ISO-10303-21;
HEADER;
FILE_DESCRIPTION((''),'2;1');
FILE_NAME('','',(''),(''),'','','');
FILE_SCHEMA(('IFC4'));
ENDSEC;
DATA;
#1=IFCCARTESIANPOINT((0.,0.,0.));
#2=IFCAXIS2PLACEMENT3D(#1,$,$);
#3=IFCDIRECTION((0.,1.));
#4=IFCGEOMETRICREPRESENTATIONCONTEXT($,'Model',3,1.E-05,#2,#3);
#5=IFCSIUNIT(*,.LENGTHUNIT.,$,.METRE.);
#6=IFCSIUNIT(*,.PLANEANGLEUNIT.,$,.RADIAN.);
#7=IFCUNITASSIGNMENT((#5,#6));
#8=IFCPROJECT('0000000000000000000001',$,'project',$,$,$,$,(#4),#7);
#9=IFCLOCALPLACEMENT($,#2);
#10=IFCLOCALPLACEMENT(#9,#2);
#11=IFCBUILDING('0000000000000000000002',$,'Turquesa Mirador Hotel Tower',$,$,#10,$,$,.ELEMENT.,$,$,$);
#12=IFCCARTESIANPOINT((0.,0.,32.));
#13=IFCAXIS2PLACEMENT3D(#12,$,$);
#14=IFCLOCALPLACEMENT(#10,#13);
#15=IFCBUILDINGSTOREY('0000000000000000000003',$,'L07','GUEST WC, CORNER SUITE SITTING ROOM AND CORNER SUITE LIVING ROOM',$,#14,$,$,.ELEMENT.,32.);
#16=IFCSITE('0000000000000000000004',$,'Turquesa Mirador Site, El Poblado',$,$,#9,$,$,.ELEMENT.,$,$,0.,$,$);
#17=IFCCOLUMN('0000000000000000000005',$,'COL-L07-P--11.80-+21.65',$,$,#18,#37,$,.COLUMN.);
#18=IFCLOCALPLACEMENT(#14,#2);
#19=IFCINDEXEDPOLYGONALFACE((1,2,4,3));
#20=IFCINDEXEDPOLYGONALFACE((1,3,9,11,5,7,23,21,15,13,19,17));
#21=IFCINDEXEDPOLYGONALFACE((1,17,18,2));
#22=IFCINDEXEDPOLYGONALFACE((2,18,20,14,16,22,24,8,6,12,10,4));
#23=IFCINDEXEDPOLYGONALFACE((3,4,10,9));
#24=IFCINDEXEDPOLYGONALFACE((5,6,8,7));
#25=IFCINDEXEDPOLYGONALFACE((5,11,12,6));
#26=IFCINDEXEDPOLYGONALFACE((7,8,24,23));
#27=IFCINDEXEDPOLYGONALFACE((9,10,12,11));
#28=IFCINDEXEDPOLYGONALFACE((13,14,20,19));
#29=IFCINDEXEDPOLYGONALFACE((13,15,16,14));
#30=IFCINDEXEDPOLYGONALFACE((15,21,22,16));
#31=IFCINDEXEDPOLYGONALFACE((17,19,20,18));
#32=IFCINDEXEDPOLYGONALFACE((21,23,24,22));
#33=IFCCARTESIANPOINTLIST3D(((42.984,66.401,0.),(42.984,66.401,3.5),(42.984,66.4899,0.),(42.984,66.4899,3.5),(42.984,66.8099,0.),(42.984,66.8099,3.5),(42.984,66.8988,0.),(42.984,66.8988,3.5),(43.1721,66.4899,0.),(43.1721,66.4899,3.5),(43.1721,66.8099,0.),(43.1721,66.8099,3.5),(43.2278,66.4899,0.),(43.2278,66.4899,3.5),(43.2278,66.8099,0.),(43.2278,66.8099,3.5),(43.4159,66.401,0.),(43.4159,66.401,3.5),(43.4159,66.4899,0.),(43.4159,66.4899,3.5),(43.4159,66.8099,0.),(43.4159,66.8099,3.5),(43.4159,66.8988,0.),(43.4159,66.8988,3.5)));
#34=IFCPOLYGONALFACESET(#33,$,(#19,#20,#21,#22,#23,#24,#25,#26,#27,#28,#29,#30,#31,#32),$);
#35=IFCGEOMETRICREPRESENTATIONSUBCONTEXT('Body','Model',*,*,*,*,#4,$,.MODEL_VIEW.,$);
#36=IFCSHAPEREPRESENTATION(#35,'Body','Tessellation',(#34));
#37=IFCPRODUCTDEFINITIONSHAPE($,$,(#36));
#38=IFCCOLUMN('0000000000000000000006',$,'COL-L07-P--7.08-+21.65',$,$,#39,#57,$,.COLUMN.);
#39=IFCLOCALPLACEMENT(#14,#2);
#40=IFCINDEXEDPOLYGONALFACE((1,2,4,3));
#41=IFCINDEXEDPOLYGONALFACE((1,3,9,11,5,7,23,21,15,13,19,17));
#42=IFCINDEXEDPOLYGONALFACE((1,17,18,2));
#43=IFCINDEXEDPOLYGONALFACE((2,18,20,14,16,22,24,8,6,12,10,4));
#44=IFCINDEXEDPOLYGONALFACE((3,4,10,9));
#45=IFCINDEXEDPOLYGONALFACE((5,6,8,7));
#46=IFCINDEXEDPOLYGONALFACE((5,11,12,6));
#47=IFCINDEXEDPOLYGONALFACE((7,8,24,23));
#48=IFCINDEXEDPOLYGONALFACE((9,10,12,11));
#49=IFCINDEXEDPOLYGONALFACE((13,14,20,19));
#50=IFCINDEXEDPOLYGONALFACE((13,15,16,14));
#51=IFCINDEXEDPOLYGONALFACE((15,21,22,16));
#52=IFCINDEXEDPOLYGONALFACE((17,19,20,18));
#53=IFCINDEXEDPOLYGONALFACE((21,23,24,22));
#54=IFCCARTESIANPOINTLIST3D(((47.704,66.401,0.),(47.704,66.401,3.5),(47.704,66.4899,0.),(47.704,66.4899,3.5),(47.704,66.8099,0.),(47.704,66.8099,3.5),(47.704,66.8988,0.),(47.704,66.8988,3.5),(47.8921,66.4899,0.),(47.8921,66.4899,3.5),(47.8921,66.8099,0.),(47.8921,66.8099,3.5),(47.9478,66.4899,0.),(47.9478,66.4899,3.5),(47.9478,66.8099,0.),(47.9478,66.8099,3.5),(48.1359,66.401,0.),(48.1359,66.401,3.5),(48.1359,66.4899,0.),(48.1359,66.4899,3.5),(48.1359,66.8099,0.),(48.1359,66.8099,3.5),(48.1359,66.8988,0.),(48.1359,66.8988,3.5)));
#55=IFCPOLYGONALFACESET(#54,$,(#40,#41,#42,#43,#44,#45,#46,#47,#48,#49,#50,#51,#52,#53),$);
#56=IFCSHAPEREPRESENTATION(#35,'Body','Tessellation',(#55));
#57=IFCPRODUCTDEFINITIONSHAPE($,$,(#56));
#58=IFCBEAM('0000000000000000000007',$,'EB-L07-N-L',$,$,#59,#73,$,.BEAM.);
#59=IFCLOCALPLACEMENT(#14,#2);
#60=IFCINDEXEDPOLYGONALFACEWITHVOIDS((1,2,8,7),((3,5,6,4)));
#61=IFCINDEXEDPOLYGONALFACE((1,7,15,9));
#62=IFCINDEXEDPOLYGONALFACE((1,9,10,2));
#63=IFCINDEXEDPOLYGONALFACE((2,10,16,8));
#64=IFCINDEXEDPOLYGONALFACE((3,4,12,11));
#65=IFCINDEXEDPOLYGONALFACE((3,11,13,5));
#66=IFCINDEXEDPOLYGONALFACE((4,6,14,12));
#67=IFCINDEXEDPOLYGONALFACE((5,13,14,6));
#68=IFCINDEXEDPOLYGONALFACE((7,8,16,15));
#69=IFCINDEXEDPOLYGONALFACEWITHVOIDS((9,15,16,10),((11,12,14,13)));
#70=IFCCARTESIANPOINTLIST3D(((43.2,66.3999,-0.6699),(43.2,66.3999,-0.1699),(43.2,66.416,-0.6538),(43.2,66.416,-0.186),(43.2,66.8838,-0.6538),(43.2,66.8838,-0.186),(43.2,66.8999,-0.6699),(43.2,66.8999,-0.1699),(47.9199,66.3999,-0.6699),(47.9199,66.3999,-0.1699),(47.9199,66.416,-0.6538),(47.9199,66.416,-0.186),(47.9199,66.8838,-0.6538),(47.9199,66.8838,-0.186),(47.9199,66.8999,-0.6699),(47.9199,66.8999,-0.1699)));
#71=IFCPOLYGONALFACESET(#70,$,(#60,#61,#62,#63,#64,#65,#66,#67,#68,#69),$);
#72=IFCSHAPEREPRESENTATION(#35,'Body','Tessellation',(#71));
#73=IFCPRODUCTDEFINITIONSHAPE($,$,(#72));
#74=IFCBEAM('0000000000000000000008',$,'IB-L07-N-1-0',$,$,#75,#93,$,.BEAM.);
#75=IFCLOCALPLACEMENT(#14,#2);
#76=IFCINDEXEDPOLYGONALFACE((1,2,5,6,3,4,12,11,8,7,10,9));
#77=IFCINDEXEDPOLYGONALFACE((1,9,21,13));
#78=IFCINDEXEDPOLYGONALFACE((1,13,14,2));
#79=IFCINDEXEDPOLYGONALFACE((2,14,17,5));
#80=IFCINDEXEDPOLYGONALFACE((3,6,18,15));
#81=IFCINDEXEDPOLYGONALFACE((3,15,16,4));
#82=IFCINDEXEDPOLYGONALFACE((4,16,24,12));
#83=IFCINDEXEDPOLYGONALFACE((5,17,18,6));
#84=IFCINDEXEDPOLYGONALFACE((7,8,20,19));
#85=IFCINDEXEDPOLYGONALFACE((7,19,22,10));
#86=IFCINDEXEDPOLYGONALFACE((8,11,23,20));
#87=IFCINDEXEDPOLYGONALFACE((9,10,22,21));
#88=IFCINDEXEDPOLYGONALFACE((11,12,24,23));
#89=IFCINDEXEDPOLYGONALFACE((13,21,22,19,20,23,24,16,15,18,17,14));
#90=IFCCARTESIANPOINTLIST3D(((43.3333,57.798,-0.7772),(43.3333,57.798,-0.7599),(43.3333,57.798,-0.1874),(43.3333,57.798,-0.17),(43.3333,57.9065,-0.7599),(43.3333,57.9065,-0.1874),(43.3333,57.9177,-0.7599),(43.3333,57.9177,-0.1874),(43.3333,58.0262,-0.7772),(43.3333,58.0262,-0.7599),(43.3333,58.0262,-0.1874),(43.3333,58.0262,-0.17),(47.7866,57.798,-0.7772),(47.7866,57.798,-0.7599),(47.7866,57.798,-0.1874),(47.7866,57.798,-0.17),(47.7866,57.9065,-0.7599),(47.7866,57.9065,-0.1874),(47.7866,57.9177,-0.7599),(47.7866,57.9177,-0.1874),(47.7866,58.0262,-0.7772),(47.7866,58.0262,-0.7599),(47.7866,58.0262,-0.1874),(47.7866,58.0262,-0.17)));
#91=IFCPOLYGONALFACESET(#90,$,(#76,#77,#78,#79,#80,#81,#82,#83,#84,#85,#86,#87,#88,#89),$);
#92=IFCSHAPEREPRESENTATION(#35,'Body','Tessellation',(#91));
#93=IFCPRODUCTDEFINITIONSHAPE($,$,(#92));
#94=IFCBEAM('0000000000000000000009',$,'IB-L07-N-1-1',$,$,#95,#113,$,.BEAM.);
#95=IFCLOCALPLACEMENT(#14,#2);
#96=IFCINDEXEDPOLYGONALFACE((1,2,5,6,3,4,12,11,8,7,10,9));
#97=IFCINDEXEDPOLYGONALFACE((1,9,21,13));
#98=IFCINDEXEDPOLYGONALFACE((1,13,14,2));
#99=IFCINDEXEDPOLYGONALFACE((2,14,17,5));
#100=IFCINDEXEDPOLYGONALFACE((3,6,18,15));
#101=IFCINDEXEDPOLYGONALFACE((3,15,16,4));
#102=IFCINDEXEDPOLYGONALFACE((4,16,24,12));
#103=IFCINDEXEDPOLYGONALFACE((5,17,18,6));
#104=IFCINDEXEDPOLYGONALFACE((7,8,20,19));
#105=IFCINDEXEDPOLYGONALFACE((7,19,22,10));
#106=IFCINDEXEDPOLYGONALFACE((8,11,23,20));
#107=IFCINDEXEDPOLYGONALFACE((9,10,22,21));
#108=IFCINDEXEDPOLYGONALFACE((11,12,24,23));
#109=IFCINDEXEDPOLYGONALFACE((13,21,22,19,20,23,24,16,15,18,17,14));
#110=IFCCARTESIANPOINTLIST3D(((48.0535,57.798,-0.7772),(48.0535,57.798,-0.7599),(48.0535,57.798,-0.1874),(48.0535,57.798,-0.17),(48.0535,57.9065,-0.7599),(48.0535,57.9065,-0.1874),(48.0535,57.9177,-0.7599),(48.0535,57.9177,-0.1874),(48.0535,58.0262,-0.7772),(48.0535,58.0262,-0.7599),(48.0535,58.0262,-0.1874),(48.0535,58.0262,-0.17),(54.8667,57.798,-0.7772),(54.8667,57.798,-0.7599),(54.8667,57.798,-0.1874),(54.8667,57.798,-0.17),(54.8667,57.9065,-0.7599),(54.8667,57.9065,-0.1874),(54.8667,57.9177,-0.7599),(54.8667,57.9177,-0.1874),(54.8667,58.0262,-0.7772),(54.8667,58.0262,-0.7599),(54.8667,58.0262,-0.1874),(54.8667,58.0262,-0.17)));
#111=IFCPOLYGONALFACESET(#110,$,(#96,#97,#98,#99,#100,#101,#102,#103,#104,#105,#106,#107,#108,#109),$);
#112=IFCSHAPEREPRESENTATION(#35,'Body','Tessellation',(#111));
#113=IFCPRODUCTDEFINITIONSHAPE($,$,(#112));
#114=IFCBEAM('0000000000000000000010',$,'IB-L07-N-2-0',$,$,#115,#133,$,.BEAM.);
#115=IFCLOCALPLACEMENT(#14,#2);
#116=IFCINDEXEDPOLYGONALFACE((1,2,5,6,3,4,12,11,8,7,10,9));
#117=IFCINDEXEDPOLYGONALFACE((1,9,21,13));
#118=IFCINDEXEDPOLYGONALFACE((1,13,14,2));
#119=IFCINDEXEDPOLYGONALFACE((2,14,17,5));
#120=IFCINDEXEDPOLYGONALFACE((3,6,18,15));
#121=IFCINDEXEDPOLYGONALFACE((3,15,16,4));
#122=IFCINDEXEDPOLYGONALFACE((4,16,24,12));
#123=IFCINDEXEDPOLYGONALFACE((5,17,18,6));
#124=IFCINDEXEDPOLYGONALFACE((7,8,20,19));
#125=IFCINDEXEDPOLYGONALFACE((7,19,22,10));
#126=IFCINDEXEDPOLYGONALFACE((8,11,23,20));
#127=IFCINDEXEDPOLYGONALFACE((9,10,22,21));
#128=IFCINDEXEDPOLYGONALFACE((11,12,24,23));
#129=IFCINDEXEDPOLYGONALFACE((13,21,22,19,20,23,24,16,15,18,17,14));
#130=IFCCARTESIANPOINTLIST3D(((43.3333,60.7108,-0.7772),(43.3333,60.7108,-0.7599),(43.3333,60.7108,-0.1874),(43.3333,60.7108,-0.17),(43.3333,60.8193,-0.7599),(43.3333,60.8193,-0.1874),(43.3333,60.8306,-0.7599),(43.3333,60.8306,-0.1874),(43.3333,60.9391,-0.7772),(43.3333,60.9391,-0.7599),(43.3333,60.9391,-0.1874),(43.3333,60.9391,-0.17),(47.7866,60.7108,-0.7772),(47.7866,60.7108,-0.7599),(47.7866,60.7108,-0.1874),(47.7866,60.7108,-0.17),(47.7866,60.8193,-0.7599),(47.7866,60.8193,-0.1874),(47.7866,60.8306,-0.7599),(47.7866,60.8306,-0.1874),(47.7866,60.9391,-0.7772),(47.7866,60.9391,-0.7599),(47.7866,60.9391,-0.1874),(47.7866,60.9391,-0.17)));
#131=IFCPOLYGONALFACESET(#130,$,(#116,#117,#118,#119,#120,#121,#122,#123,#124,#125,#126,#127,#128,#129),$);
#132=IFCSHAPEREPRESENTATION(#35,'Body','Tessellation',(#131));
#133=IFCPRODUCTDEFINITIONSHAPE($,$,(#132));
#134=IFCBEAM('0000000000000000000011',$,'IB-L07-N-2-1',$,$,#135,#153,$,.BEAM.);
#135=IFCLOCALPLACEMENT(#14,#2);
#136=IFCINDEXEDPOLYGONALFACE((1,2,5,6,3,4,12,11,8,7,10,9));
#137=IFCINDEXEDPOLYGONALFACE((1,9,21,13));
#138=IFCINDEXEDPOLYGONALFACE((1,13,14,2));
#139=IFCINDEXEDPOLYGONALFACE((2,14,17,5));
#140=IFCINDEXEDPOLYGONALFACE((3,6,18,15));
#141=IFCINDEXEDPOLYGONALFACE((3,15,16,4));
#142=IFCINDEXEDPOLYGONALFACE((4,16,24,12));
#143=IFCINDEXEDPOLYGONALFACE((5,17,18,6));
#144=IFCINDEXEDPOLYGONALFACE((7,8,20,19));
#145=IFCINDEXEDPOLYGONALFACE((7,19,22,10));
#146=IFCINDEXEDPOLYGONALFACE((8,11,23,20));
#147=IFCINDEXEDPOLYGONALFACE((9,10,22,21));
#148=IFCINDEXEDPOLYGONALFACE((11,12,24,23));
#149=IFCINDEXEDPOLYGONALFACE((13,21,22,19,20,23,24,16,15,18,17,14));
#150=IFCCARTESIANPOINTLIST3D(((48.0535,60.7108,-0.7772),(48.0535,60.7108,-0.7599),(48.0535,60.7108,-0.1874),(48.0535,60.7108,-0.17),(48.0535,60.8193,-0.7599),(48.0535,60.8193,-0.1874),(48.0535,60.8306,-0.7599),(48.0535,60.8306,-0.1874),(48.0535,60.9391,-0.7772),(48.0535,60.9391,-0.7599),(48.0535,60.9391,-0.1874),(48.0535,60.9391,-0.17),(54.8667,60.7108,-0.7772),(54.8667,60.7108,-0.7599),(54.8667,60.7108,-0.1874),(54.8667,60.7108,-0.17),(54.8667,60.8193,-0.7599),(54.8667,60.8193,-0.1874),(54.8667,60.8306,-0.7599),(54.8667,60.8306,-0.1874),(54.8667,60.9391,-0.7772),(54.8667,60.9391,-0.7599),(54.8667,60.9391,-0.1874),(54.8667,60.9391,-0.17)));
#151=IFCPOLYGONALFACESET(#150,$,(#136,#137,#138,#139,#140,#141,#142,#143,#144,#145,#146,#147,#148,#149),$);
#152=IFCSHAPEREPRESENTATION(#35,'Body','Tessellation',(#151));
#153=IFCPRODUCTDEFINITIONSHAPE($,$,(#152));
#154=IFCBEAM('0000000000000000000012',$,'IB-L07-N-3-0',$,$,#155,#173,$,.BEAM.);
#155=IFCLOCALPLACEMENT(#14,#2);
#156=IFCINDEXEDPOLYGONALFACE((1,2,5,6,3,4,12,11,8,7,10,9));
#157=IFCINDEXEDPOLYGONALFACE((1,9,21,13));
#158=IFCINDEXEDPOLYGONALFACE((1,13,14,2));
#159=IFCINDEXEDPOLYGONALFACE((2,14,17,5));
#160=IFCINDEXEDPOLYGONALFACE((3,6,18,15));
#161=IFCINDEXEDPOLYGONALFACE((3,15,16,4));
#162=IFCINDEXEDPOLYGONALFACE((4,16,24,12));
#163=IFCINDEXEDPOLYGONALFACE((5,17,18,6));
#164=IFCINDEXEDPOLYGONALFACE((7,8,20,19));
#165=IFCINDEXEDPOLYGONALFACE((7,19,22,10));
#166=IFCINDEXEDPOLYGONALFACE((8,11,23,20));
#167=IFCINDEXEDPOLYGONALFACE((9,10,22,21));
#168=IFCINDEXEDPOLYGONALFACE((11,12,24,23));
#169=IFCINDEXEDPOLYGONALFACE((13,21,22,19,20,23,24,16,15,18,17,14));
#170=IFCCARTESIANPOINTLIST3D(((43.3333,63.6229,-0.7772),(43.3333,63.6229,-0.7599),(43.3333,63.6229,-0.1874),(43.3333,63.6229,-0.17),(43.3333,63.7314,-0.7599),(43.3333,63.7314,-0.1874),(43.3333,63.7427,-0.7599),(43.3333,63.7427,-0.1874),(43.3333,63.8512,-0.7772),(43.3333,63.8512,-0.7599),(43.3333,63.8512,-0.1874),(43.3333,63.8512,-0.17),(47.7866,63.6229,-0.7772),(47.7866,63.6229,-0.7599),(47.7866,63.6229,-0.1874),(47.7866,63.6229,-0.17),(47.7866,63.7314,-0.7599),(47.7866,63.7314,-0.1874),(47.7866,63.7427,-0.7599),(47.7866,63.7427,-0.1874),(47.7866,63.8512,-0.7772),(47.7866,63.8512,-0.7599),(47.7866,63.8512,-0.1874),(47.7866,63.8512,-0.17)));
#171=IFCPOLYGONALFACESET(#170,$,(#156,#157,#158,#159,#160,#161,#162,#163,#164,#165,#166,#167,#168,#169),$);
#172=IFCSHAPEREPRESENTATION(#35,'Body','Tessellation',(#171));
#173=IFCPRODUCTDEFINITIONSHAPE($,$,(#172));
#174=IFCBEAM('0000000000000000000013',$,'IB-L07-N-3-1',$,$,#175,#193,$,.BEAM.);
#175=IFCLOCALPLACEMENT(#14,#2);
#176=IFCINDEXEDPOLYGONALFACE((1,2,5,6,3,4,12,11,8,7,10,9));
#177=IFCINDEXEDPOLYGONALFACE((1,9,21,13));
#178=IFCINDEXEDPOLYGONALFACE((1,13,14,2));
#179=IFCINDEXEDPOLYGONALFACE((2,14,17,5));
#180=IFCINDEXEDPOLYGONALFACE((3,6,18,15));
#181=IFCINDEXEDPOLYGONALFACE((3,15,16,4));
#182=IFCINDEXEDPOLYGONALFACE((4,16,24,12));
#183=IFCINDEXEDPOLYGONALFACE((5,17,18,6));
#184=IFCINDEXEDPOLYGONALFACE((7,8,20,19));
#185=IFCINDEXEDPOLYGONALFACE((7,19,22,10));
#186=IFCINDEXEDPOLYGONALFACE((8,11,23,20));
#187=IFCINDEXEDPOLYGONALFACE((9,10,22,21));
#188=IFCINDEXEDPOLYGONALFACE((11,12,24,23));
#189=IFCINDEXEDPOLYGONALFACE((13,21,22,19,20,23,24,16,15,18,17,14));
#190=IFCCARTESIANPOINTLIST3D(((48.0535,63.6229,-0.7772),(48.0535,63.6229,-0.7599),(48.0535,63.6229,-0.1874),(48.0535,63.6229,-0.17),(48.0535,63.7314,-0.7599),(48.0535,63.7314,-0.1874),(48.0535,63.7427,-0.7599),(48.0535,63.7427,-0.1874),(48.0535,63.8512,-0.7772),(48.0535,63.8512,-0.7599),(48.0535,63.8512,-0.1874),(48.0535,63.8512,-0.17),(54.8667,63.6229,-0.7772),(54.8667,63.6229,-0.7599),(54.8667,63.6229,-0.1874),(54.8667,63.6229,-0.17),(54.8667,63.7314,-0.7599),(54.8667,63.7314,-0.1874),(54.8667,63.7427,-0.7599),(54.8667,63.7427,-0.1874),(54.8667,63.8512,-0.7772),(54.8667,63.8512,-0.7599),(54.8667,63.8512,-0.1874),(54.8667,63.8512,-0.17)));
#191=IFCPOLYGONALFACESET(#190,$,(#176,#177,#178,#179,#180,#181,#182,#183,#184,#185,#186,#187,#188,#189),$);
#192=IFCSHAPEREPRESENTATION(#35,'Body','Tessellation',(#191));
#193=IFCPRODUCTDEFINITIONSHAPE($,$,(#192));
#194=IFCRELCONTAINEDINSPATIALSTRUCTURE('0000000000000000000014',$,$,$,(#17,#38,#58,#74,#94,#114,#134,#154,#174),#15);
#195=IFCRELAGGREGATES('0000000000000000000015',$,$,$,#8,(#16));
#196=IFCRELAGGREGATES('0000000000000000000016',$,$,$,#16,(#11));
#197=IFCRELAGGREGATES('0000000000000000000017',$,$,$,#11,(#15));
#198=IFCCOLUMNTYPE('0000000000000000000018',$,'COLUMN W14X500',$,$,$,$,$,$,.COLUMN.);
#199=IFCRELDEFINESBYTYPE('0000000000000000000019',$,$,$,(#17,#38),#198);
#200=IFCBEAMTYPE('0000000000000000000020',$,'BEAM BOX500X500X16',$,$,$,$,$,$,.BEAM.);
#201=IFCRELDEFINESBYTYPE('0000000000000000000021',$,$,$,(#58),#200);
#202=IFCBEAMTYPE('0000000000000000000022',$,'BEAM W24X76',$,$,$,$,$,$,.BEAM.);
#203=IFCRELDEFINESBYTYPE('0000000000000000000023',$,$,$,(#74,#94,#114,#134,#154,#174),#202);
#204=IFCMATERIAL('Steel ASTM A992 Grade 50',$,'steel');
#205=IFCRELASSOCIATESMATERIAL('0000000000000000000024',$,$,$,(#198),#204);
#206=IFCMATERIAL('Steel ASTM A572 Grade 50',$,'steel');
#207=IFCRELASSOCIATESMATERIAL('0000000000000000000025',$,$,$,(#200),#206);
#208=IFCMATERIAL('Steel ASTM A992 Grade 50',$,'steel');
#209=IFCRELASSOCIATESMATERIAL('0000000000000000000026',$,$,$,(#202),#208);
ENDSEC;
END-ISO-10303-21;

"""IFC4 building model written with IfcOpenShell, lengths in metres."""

from ifc_helpers import new_model, si_unit, direction, frame, origin, origin_2d, place, context, subcontext, project, spatial, hollow_rectangle, i_section, extrude, material, material_profile, profile_set, type_object, element, save


model = new_model("IFC4")

# Units and contexts
model_context = context("Model", 3, precision=1e-05, world=origin(), true_north=direction((0.0, 1.0)))
body_context = subcontext(model_context, "Body", "Model", "MODEL_VIEW")
ifc_project = project(units=[si_unit("LENGTHUNIT", "METRE"), si_unit("PLANEANGLEUNIT", "RADIAN")], contexts=[model_context])

# Site, building, storey
site_placement = place(None, origin())
site = spatial("IfcSite", under=ifc_project, at=site_placement, Name="Turquesa Mirador Site, El Poblado", CompositionType="ELEMENT", RefElevation=0.0)
building_placement = place(site_placement, origin())
building = spatial("IfcBuilding", under=site, at=building_placement, Name="Turquesa Mirador Hotel Tower", CompositionType="ELEMENT")
storey_placement = place(building_placement, frame((0.0, 0.0, 32.0)))
storey = spatial("IfcBuildingStorey", under=building, at=storey_placement, Name="L07", Description="GUEST WC, CORNER SUITE SITTING ROOM AND CORNER SUITE LIVING ROOM", CompositionType="ELEMENT", Elevation=32.0)

# Columns
ifc_material_1 = material(Name="Steel ASTM A992 Grade 50", Category="steel")
ifc_material_profile_1 = material_profile(ifc_material_1, i_section(OverallWidth=0.4319, OverallDepth=0.4978, WebThickness=0.0557, FlangeThickness=0.0889, at=origin_2d()), Name="W14X500")
ifc_profile_set_1 = profile_set([ifc_material_profile_1], Name="Steel ASTM A992 Grade 50")
column_type = type_object("IfcColumnType", Name="COLUMN W14X500", PredefinedType="COLUMN", material=ifc_profile_set_1)
for number, where, z_axis, x_axis, name in (
    (1, (43.2, 66.6499, 0.0), (0.0, 0.0, 1.0), (1.0, 0.0, 0.0), "COL-L07-P--11.80-+21.65"),
    (2, (47.9199, 66.6499, 0.0), (0.0, 0.0, 1.0), (1.0, 0.0, 0.0), "COL-L07-P--7.08-+21.65"),
):
    element("IfcColumn", number, at=place(storey_placement, frame(where, z_axis=z_axis, x_axis=x_axis)), inside=storey, type_object=column_type, Name=name, PredefinedType="COLUMN", context=body_context, shape_type="SweptSolid", body=[
        extrude(i_section(OverallWidth=0.4319, OverallDepth=0.4978, WebThickness=0.0557, FlangeThickness=0.0889, at=origin_2d()), origin(), (0.0, 0.0, 1.0), 3.5),
    ])

# Beams
ifc_material_2 = material(Name="Steel ASTM A572 Grade 50", Category="steel")
ifc_material_profile_2 = material_profile(ifc_material_2, hollow_rectangle(XDim=0.5, YDim=0.5, WallThickness=0.0161, at=origin_2d()), Name="BOX500X500X16")
ifc_profile_set_2 = profile_set([ifc_material_profile_2], Name="Steel ASTM A572 Grade 50")
beam_type_1 = type_object("IfcBeamType", Name="BEAM BOX500X500X16", PredefinedType="BEAM", material=ifc_profile_set_2)
beam_1_placement = place(storey_placement, frame((43.2, 66.6499, -0.4199), z_axis=(1.0, 0.0, 0.0), x_axis=(0.0, 1.0, 0.0)))
element("IfcBeam", 3, at=beam_1_placement, inside=storey, type_object=beam_type_1, Name="EB-L07-N-L", PredefinedType="BEAM", context=body_context, shape_type="SweptSolid", body=[
    extrude(hollow_rectangle(XDim=0.5, YDim=0.5, WallThickness=0.0161, at=origin_2d()), origin(), (0.0, 0.0, 1.0), 4.72),
])
ifc_material_3 = material(Name="Steel ASTM A992 Grade 50", Category="steel")
ifc_material_profile_3 = material_profile(ifc_material_3, i_section(OverallWidth=0.2283, OverallDepth=0.6072, WebThickness=0.0112, FlangeThickness=0.0173, at=origin_2d()), Name="W24X76")
ifc_profile_set_3 = profile_set([ifc_material_profile_3], Name="Steel ASTM A992 Grade 50")
beam_type_2 = type_object("IfcBeamType", Name="BEAM W24X76", PredefinedType="BEAM", material=ifc_profile_set_3)
beam_2_placement = place(storey_placement, frame((43.3333, 57.9121, -0.4736), z_axis=(1.0, 0.0, 0.0), x_axis=(0.0, 1.0, 0.0)))
element("IfcBeam", 4, at=beam_2_placement, inside=storey, type_object=beam_type_2, Name="IB-L07-N-1-0", PredefinedType="BEAM", context=body_context, shape_type="SweptSolid", body=[
    extrude(i_section(OverallWidth=0.2283, OverallDepth=0.6072, WebThickness=0.0112, FlangeThickness=0.0173, at=origin_2d()), origin(), (0.0, 0.0, 1.0), 4.4534),
])
beam_3_placement = place(storey_placement, frame((48.0535, 57.9121, -0.4736), z_axis=(1.0, 0.0, 0.0), x_axis=(0.0, 1.0, 0.0)))
element("IfcBeam", 5, at=beam_3_placement, inside=storey, type_object=beam_type_2, Name="IB-L07-N-1-1", PredefinedType="BEAM", context=body_context, shape_type="SweptSolid", body=[
    extrude(i_section(OverallWidth=0.2283, OverallDepth=0.6072, WebThickness=0.0112, FlangeThickness=0.0173, at=origin_2d()), origin(), (0.0, 0.0, 1.0), 6.8132),
])
beam_4_placement = place(storey_placement, frame((43.3333, 60.825, -0.4736), z_axis=(1.0, 0.0, 0.0), x_axis=(0.0, 1.0, 0.0)))
element("IfcBeam", 6, at=beam_4_placement, inside=storey, type_object=beam_type_2, Name="IB-L07-N-2-0", PredefinedType="BEAM", context=body_context, shape_type="SweptSolid", body=[
    extrude(i_section(OverallWidth=0.2283, OverallDepth=0.6072, WebThickness=0.0112, FlangeThickness=0.0173, at=origin_2d()), origin(), (0.0, 0.0, 1.0), 4.4534),
])
beam_5_placement = place(storey_placement, frame((48.0535, 60.825, -0.4736), z_axis=(1.0, 0.0, 0.0), x_axis=(0.0, 1.0, 0.0)))
element("IfcBeam", 7, at=beam_5_placement, inside=storey, type_object=beam_type_2, Name="IB-L07-N-2-1", PredefinedType="BEAM", context=body_context, shape_type="SweptSolid", body=[
    extrude(i_section(OverallWidth=0.2283, OverallDepth=0.6072, WebThickness=0.0112, FlangeThickness=0.0173, at=origin_2d()), origin(), (0.0, 0.0, 1.0), 6.8132),
])
beam_6_placement = place(storey_placement, frame((43.3333, 63.7371, -0.4736), z_axis=(1.0, 0.0, 0.0), x_axis=(0.0, 1.0, 0.0)))
element("IfcBeam", 8, at=beam_6_placement, inside=storey, type_object=beam_type_2, Name="IB-L07-N-3-0", PredefinedType="BEAM", context=body_context, shape_type="SweptSolid", body=[
    extrude(i_section(OverallWidth=0.2283, OverallDepth=0.6072, WebThickness=0.0112, FlangeThickness=0.0173, at=origin_2d()), origin(), (0.0, 0.0, 1.0), 4.4534),
])
beam_7_placement = place(storey_placement, frame((48.0535, 63.7371, -0.4736), z_axis=(1.0, 0.0, 0.0), x_axis=(0.0, 1.0, 0.0)))
element("IfcBeam", 9, at=beam_7_placement, inside=storey, type_object=beam_type_2, Name="IB-L07-N-3-1", PredefinedType="BEAM", context=body_context, shape_type="SweptSolid", body=[
    extrude(i_section(OverallWidth=0.2283, OverallDepth=0.6072, WebThickness=0.0112, FlangeThickness=0.0173, at=origin_2d()), origin(), (0.0, 0.0, 1.0), 6.8132),
])

save(model, "model.ifc")
